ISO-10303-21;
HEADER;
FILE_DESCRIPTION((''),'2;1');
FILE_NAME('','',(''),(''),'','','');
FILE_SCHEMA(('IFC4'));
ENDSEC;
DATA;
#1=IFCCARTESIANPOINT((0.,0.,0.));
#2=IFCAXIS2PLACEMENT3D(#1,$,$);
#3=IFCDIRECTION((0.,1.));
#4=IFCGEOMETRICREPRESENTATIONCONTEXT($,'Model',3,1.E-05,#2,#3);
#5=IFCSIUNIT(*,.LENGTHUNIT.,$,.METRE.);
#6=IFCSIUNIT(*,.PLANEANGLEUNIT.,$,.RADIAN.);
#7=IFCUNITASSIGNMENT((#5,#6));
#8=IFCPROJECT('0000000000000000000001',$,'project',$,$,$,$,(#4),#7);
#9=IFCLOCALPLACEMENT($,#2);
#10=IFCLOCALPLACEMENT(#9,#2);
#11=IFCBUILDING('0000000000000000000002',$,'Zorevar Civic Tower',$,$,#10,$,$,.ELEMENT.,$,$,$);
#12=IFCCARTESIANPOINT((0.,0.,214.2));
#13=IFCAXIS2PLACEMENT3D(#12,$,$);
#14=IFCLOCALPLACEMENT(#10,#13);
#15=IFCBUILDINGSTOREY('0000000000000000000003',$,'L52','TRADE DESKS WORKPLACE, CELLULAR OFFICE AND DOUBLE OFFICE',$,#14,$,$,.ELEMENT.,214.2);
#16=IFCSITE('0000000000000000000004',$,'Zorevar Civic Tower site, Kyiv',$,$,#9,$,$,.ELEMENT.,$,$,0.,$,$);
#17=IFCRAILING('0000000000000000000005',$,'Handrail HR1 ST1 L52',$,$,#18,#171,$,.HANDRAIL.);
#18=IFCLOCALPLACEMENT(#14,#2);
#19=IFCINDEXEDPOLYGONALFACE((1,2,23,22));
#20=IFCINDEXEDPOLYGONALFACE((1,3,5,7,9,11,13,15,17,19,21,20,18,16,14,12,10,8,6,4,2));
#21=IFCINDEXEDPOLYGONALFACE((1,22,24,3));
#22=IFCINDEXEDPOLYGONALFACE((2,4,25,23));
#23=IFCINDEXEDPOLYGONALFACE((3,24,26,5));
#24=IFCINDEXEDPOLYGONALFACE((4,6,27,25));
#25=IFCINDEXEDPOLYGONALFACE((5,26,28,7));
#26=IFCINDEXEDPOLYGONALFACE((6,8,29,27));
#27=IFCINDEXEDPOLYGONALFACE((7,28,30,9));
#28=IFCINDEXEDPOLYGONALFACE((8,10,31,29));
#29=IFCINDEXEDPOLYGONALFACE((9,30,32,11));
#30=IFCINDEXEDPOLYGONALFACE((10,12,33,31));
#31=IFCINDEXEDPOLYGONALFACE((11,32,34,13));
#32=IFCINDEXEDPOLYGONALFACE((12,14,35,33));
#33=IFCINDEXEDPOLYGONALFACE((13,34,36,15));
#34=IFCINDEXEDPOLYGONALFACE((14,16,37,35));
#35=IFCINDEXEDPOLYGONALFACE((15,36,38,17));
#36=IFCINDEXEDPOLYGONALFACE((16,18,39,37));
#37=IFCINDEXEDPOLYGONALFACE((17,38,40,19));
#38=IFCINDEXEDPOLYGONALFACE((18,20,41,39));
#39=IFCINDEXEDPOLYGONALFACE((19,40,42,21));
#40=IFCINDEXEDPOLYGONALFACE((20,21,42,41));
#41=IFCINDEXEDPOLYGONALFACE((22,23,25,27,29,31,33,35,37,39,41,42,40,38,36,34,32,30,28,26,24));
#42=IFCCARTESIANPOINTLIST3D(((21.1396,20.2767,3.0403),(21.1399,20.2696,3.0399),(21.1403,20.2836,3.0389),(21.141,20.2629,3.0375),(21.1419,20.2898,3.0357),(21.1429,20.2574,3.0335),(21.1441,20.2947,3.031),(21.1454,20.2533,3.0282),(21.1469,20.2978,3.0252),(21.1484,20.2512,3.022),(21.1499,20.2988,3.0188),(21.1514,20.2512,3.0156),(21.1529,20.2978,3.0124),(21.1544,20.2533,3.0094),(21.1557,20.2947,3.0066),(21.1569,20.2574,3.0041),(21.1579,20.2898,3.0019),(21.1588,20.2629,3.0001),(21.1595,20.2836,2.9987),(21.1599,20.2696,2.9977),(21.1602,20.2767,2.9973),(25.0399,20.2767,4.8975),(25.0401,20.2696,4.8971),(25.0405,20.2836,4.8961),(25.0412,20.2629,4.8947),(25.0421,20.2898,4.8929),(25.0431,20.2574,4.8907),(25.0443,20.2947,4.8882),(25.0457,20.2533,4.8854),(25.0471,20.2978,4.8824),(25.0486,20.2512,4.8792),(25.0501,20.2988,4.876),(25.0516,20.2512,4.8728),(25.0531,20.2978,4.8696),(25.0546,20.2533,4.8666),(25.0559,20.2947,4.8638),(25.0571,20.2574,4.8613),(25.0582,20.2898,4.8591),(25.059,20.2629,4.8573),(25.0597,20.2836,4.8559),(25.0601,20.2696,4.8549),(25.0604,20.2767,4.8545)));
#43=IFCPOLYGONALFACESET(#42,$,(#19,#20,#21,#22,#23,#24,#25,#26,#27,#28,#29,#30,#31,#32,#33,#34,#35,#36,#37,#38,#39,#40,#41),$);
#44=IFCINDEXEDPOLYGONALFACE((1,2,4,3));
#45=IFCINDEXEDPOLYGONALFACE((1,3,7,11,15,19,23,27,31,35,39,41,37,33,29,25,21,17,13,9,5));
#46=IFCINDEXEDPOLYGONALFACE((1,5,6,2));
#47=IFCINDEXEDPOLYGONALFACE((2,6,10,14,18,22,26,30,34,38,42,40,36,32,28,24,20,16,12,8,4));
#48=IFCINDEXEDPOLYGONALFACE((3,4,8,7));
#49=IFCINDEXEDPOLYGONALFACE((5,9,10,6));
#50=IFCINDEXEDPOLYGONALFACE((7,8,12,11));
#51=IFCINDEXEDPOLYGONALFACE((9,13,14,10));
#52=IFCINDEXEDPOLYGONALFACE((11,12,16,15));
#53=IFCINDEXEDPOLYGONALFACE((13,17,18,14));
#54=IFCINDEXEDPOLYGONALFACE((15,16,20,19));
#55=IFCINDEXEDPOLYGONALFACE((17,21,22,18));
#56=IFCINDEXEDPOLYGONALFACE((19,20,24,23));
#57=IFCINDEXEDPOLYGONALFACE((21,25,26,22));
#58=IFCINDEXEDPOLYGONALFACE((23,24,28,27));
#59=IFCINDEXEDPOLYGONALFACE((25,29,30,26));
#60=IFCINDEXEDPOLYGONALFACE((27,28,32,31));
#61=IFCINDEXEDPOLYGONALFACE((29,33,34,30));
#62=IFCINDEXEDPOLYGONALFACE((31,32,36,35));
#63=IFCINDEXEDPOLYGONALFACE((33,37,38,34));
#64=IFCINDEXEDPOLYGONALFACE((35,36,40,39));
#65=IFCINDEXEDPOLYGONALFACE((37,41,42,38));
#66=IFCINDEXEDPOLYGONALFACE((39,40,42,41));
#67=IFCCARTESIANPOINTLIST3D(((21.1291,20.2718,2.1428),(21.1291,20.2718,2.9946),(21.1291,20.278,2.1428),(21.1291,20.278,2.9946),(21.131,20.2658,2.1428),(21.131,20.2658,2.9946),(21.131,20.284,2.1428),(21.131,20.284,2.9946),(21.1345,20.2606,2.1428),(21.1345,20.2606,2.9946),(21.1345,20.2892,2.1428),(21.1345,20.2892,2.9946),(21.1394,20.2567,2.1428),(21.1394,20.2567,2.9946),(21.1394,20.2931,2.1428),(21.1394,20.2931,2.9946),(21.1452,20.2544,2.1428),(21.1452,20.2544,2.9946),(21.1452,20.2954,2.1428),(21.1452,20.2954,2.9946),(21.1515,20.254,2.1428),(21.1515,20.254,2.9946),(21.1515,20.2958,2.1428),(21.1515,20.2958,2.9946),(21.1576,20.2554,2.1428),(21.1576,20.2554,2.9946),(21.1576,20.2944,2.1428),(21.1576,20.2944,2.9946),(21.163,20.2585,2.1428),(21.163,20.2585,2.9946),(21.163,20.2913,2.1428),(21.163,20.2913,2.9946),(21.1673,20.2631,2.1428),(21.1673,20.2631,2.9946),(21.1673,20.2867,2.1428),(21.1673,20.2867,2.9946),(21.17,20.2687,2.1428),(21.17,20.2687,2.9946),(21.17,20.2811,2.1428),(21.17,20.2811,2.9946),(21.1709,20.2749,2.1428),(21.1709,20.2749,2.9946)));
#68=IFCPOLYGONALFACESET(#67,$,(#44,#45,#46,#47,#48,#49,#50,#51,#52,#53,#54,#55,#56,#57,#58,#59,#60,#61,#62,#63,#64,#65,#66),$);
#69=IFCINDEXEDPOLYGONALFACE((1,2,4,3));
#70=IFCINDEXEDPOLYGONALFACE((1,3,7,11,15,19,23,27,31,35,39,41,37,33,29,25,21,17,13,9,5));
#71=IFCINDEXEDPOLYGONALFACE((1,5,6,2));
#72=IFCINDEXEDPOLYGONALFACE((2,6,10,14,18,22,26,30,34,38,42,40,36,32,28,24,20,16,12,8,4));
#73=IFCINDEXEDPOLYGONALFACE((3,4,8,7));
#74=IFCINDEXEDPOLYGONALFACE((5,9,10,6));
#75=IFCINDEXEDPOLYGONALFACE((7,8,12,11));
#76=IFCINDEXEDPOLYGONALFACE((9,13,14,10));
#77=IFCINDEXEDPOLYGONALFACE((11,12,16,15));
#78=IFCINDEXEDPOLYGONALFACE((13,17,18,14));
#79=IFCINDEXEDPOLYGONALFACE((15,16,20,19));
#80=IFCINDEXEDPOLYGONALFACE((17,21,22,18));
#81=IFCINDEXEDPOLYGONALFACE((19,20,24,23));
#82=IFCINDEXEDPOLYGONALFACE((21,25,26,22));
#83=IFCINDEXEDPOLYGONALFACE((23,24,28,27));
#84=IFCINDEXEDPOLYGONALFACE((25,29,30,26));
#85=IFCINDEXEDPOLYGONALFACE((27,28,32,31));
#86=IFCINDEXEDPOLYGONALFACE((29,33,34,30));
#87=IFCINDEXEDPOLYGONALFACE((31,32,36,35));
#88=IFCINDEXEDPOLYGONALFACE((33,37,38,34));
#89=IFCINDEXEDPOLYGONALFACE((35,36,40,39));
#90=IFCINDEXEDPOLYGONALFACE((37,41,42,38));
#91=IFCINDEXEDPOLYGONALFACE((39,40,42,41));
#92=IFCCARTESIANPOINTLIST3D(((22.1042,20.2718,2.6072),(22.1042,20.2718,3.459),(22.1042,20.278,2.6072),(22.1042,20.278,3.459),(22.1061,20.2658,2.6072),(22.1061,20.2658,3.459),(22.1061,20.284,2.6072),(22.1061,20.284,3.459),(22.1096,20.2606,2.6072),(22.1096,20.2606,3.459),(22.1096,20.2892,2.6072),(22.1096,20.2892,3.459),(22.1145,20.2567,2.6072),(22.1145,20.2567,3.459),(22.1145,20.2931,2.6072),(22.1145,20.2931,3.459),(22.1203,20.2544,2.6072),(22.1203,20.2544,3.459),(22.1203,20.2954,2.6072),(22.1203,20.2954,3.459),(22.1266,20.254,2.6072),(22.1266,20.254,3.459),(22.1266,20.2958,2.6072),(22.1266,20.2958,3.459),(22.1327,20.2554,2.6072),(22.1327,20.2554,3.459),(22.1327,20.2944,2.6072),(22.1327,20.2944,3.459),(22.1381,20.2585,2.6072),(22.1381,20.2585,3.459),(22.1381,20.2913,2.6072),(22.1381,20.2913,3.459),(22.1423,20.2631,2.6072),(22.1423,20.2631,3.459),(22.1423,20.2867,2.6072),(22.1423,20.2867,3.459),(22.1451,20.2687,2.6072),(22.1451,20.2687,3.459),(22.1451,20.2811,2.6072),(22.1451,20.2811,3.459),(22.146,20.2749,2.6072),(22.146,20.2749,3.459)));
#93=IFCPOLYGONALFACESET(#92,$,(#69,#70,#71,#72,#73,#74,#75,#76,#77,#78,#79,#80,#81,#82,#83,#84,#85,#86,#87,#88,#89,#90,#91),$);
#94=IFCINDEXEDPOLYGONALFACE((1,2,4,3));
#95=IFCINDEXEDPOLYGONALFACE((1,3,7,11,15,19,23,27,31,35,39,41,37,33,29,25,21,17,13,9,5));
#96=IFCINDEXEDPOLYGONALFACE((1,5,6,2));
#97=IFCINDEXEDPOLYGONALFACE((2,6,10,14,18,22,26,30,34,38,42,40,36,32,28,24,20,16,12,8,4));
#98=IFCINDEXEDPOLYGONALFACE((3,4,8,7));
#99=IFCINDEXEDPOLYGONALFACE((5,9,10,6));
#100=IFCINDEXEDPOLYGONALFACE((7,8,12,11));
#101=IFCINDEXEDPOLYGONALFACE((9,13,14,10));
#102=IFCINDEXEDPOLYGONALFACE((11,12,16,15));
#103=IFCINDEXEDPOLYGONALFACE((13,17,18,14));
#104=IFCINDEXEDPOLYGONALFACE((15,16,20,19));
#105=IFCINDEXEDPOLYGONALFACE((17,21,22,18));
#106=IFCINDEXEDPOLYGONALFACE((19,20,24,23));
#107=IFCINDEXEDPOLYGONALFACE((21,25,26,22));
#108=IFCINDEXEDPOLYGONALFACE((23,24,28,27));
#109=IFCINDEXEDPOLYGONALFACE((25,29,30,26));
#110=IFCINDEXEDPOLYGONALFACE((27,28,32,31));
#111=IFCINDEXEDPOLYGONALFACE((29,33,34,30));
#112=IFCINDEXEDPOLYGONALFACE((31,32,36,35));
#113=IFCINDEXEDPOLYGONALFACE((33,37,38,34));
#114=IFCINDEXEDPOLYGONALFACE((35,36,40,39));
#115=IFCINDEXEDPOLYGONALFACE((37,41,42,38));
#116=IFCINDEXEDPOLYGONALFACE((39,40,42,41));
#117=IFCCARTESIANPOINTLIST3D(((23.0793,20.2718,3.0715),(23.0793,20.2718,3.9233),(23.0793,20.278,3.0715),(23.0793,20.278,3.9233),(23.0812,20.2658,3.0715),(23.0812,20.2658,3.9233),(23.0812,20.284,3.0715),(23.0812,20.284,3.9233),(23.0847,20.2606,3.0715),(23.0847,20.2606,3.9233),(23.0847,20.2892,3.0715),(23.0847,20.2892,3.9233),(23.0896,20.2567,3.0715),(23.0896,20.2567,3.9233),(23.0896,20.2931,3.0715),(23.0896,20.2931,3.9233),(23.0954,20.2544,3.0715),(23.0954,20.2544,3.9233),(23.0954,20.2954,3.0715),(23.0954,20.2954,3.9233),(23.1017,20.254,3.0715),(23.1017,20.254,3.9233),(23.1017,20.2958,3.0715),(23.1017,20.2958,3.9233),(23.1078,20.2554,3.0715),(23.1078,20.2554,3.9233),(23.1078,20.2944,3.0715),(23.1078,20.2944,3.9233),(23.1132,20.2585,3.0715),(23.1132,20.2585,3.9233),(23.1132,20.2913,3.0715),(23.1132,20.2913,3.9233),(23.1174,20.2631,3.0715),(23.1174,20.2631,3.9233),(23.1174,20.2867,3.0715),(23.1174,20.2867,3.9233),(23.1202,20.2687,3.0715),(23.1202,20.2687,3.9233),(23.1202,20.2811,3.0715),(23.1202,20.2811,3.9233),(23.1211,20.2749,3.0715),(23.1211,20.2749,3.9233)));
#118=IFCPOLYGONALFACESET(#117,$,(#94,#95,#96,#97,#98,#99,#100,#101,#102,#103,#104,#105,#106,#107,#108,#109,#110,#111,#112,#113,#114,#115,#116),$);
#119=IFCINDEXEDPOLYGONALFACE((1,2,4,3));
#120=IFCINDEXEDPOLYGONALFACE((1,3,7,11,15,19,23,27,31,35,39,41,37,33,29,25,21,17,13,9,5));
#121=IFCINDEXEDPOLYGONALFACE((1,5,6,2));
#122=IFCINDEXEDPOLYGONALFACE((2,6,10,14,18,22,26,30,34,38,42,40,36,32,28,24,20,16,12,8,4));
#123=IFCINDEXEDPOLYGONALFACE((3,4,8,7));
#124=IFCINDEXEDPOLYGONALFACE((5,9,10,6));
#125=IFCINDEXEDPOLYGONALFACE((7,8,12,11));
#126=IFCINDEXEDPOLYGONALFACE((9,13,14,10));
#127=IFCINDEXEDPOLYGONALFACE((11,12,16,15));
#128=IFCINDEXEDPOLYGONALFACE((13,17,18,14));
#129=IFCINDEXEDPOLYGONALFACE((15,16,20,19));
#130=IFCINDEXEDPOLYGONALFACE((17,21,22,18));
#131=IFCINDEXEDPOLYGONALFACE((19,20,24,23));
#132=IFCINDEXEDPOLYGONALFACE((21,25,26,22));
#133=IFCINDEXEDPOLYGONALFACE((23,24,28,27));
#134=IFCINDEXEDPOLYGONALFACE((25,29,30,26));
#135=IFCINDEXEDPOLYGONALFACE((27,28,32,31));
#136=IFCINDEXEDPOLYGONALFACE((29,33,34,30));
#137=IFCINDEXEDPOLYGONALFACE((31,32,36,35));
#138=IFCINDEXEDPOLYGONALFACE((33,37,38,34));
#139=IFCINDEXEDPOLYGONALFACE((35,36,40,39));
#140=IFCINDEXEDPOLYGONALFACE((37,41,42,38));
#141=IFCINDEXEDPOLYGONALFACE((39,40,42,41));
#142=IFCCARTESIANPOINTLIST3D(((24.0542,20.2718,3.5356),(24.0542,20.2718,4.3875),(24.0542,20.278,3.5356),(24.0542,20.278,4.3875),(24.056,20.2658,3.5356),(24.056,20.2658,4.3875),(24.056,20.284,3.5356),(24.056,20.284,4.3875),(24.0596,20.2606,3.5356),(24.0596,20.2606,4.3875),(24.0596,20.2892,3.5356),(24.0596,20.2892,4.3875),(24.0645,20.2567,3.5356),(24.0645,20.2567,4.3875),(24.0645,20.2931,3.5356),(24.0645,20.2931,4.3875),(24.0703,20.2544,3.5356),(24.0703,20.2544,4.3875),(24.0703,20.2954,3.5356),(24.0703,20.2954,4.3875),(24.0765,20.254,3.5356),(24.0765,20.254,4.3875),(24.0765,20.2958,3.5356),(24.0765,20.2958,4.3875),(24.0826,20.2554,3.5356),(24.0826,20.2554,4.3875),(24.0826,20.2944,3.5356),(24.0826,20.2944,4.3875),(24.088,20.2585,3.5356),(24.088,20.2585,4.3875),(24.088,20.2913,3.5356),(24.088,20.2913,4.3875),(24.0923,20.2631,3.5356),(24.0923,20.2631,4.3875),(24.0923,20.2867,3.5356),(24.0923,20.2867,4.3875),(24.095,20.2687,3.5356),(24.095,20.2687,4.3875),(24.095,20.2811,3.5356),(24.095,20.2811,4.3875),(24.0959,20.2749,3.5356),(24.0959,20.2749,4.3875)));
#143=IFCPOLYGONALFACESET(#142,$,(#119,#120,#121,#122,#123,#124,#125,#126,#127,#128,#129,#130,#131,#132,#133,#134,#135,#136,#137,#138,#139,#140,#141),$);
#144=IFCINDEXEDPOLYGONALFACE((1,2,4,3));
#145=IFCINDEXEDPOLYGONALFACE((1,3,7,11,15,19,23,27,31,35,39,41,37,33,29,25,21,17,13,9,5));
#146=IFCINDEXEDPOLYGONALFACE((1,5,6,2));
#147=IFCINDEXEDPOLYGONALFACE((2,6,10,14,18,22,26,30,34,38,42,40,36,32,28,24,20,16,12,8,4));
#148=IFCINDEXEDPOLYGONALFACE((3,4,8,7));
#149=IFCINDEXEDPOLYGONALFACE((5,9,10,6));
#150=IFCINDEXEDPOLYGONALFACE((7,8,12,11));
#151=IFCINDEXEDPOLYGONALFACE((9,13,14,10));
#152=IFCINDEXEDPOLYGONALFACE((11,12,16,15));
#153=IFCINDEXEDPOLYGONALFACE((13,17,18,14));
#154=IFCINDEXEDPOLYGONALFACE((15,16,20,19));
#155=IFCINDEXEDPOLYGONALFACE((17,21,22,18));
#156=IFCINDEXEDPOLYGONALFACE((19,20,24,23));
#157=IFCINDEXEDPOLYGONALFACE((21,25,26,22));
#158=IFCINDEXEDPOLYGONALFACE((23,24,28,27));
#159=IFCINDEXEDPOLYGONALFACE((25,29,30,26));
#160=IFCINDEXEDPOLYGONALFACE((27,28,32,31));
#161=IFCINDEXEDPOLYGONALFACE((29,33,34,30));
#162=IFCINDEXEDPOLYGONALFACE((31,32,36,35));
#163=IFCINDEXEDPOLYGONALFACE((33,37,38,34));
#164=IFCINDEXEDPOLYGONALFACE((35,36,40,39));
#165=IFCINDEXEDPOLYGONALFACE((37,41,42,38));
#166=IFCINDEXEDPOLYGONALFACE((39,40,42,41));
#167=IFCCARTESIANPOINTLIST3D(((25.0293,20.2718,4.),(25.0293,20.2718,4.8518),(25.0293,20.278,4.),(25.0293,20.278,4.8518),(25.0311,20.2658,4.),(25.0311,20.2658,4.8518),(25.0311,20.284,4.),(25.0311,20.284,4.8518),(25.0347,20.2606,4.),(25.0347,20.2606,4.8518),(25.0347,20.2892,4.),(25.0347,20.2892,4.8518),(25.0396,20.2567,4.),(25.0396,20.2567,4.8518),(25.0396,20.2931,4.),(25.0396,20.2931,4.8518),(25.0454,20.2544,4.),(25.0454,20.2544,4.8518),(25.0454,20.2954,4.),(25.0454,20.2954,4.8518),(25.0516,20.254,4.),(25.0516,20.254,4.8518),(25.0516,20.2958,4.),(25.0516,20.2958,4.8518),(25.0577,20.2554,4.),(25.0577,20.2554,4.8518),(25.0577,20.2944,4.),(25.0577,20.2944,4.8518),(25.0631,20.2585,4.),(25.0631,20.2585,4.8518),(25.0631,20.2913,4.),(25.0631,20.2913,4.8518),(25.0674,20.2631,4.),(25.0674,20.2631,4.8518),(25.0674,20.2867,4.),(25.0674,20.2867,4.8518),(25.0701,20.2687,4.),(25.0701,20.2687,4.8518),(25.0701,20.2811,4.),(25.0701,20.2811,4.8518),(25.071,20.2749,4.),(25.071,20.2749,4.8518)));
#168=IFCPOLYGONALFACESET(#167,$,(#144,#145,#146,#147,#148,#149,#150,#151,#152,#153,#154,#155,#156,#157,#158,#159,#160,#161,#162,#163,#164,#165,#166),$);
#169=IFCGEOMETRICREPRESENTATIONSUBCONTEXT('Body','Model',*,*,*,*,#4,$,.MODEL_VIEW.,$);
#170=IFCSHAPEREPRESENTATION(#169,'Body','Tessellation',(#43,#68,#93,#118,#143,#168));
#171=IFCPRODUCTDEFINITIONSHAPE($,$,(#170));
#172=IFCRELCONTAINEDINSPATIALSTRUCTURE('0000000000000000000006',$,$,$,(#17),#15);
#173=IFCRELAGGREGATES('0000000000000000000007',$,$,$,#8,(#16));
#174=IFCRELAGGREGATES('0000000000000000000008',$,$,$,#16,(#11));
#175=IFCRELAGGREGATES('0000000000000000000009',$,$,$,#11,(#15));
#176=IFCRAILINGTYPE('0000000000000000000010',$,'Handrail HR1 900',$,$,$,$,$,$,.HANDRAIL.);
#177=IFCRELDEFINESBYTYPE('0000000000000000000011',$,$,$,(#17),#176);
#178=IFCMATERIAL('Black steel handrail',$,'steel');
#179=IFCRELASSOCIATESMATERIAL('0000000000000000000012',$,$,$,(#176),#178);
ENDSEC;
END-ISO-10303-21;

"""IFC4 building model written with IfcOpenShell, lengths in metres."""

from ifc_helpers import new_model, si_unit, direction, frame, origin, origin_2d, place, context, subcontext, project, spatial, circle, extrude, material, type_object, element, save


model = new_model("IFC4")

# Units and contexts
model_context = context("Model", 3, precision=1e-05, world=origin(), true_north=direction((0.0, 1.0)))
body_context = subcontext(model_context, "Body", "Model", "MODEL_VIEW")
ifc_project = project(units=[si_unit("LENGTHUNIT", "METRE"), si_unit("PLANEANGLEUNIT", "RADIAN")], contexts=[model_context])

# Site, building, storey
site_placement = place(None, origin())
site = spatial("IfcSite", under=ifc_project, at=site_placement, Name="Zorevar Civic Tower site, Kyiv", CompositionType="ELEMENT", RefElevation=0.0)
building_placement = place(site_placement, origin())
building = spatial("IfcBuilding", under=site, at=building_placement, Name="Zorevar Civic Tower", CompositionType="ELEMENT")
storey_placement = place(building_placement, frame((0.0, 0.0, 214.2)))
storey = spatial("IfcBuildingStorey", under=building, at=storey_placement, Name="L52", Description="TRADE DESKS WORKPLACE, CELLULAR OFFICE AND DOUBLE OFFICE", CompositionType="ELEMENT", Elevation=214.2)

# Railing
ifc_material_1 = material(Name="Black steel handrail", Category="steel")
railing_type = type_object("IfcRailingType", Name="Handrail HR1 900", PredefinedType="HANDRAIL", material=ifc_material_1)
railing_1_placement = place(storey_placement, frame((21.1499, 20.2749, 2.1428)))
element("IfcRailing", 1, at=railing_1_placement, inside=storey, type_object=railing_type, Name="Handrail HR1 ST1 L52", PredefinedType="HANDRAIL", context=body_context, shape_type="SweptSolid", body=[
    extrude(circle(Radius=0.0239, at=origin_2d()), frame((0.0, 0.0, 0.876), z_axis=(0.902864, 0.0, 0.429927), x_axis=(0.0, 1.0, 0.0)), (0.0, 0.0, 1.0), 4.3198),
    extrude(circle(Radius=0.021, at=origin_2d()), origin(), (0.0, 0.0, 1.0), 0.8518),
    extrude(circle(Radius=0.021, at=origin_2d()), frame((0.9751, 0.0, 0.4644)), (0.0, 0.0, 1.0), 0.8518),
    extrude(circle(Radius=0.021, at=origin_2d()), frame((1.9502, 0.0, 0.9287)), (0.0, 0.0, 1.0), 0.8518),
    extrude(circle(Radius=0.021, at=origin_2d()), frame((2.925, 0.0, 1.3928)), (0.0, 0.0, 1.0), 0.8518),
    extrude(circle(Radius=0.021, at=origin_2d()), frame((3.9001, 0.0, 1.8572)), (0.0, 0.0, 1.0), 0.8518),
])

save(model, "model.ifc")
